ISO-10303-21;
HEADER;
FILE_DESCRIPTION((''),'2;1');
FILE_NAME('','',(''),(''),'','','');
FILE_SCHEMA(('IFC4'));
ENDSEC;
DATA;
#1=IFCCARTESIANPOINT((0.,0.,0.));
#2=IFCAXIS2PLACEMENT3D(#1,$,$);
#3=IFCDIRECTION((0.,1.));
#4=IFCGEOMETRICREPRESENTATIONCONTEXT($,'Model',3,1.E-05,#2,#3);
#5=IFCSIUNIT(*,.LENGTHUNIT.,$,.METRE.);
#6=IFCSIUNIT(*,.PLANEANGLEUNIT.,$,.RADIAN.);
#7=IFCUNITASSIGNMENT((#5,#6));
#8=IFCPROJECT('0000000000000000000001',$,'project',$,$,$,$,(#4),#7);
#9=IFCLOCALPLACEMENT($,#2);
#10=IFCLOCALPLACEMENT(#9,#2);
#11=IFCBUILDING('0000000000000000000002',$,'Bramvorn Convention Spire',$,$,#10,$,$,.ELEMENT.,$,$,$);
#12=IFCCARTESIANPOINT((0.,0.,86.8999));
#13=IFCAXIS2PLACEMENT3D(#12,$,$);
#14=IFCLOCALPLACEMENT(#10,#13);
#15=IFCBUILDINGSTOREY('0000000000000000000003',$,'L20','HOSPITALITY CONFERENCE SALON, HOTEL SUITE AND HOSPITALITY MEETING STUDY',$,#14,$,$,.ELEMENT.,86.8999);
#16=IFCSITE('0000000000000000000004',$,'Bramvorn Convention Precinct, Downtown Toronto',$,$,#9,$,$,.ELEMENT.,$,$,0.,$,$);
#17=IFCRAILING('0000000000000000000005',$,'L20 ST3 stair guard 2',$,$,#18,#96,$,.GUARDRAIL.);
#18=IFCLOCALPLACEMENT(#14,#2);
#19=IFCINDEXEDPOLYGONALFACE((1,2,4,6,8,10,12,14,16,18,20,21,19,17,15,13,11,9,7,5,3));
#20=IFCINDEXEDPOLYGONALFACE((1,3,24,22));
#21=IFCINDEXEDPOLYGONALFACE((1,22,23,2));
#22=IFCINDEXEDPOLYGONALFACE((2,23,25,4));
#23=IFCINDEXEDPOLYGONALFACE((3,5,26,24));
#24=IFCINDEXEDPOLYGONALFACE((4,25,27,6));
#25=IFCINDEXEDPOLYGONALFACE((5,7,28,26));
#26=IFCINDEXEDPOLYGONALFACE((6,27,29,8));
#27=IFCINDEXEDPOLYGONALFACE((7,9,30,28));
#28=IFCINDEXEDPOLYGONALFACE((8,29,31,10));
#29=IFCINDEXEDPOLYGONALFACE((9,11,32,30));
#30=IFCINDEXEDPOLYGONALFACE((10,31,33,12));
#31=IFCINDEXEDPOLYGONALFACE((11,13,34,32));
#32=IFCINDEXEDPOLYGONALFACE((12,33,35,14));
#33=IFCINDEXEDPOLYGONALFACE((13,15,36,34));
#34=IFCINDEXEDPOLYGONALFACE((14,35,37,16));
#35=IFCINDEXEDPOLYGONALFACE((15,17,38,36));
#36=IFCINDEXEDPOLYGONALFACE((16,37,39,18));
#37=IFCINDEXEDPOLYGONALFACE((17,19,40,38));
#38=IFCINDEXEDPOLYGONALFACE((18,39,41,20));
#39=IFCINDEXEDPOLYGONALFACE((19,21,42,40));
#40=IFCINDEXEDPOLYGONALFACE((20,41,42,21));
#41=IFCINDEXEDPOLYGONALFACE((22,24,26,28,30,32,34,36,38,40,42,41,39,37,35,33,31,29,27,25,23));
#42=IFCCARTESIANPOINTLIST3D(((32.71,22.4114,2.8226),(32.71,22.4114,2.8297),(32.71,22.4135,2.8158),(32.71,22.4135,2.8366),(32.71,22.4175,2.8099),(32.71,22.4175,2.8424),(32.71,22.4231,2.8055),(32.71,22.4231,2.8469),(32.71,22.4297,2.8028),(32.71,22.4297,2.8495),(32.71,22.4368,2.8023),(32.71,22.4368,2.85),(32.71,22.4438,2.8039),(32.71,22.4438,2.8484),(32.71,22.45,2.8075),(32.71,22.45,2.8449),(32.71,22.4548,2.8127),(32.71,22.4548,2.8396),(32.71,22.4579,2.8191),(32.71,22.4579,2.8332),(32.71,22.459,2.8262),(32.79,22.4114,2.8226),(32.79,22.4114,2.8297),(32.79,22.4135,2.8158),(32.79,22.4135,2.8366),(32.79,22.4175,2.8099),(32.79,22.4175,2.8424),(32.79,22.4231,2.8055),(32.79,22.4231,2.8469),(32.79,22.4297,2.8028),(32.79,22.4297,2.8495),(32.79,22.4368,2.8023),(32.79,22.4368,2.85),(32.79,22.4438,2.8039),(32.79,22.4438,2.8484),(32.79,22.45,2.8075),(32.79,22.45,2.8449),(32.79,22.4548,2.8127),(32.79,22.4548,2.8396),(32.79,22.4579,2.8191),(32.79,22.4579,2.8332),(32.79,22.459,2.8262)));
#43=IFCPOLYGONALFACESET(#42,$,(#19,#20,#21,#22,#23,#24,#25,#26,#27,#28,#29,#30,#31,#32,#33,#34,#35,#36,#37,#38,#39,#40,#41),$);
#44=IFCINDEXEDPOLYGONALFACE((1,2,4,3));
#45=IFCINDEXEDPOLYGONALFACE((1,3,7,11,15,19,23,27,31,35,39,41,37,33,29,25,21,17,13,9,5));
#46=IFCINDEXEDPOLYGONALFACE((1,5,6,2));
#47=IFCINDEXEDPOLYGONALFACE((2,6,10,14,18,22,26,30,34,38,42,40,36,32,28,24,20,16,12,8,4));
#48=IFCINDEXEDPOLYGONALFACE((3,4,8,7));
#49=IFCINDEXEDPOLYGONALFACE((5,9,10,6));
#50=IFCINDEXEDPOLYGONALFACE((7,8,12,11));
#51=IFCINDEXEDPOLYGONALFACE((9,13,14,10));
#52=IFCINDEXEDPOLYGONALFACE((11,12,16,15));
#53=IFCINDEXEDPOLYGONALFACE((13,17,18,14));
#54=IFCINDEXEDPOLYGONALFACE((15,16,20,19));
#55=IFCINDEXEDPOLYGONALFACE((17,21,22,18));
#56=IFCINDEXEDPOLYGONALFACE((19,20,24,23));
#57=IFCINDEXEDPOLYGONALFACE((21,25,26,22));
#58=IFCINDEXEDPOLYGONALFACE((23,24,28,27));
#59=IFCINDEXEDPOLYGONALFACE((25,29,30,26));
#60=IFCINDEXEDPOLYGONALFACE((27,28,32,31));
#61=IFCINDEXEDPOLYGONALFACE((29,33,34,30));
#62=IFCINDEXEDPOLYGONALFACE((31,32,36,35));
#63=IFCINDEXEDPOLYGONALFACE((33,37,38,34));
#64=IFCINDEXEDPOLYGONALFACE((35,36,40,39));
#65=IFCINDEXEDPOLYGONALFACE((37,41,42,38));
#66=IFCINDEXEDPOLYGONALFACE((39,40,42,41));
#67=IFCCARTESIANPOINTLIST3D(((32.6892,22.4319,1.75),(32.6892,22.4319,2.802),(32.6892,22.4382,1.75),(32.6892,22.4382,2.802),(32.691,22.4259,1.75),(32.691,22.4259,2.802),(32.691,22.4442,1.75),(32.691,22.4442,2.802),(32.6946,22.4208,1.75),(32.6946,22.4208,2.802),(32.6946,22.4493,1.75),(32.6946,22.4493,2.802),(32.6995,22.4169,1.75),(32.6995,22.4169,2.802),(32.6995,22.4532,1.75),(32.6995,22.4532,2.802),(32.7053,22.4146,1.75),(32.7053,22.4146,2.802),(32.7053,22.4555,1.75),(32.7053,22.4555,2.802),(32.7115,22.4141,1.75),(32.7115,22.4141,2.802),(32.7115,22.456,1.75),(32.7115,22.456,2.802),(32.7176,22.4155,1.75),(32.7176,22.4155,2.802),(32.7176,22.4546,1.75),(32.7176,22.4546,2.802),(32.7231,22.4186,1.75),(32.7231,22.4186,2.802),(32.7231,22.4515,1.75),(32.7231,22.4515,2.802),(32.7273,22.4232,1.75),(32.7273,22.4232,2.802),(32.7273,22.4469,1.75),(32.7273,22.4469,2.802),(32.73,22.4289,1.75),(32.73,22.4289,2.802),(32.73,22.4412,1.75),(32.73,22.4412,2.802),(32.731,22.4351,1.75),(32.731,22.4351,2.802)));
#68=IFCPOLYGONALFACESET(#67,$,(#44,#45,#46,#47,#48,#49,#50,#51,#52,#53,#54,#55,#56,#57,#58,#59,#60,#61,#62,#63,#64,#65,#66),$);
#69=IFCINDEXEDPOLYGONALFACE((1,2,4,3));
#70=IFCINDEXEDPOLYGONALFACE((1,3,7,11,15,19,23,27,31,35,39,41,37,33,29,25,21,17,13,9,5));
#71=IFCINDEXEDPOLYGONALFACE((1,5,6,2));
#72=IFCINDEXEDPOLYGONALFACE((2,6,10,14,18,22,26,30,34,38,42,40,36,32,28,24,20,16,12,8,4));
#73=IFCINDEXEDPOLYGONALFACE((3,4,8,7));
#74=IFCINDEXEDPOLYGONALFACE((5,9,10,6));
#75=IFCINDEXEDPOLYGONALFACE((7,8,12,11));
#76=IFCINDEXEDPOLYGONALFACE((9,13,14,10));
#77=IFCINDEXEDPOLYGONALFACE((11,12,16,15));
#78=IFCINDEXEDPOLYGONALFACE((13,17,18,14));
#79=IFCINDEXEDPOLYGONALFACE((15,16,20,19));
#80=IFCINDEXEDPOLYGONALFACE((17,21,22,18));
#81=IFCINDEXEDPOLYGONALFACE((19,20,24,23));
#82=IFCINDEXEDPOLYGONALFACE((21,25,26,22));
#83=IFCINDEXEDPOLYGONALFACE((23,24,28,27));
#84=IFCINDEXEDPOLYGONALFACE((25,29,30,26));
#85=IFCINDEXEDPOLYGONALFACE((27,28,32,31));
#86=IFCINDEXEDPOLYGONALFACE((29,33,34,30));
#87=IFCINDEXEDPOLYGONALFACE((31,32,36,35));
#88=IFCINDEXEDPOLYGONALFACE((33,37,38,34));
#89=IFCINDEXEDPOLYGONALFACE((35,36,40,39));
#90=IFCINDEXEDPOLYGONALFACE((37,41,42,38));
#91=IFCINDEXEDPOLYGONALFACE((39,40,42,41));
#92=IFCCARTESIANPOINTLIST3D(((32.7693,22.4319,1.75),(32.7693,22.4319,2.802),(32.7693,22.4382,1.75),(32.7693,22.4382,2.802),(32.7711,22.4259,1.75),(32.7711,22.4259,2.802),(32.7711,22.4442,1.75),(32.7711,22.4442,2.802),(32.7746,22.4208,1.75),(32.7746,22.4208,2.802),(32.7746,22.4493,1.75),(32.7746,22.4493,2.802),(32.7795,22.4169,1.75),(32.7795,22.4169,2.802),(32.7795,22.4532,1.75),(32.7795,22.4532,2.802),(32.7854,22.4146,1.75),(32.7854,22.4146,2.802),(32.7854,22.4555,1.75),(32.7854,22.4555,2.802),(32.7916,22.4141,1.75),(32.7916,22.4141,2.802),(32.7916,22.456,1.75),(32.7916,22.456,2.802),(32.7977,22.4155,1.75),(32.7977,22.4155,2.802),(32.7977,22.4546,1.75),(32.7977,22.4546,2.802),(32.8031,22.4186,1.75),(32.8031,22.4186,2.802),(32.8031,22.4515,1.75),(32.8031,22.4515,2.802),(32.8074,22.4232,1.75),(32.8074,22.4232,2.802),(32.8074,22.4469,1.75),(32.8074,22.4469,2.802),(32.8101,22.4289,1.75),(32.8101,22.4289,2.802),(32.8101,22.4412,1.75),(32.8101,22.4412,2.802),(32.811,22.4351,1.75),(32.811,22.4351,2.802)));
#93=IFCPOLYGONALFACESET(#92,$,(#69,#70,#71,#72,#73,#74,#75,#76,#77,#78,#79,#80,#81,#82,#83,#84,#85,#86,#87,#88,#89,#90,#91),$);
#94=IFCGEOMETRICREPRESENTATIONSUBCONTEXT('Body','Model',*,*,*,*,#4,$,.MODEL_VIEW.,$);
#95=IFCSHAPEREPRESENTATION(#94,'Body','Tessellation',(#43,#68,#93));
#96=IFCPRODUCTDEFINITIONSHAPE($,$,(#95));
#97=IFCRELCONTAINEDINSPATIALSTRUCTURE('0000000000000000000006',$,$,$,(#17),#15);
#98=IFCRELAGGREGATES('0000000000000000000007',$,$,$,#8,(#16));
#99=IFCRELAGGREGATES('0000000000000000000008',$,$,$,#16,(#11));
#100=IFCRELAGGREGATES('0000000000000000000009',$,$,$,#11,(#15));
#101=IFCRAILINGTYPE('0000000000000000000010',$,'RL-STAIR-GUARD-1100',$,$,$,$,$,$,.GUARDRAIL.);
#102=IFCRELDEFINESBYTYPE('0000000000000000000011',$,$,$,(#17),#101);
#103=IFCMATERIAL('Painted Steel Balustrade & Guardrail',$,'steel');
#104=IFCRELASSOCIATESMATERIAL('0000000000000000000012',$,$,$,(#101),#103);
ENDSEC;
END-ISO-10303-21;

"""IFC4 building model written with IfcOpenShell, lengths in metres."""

from ifc_helpers import new_model, si_unit, direction, frame, origin, origin_2d, place, context, subcontext, project, spatial, circle, extrude, material, type_object, element, save


model = new_model("IFC4")

# Units and contexts
model_context = context("Model", 3, precision=1e-05, world=origin(), true_north=direction((0.0, 1.0)))
body_context = subcontext(model_context, "Body", "Model", "MODEL_VIEW")
ifc_project = project(units=[si_unit("LENGTHUNIT", "METRE"), si_unit("PLANEANGLEUNIT", "RADIAN")], contexts=[model_context])

# Site, building, storey
site_placement = place(None, origin())
site = spatial("IfcSite", under=ifc_project, at=site_placement, Name="Bramvorn Convention Precinct, Downtown Toronto", CompositionType="ELEMENT", RefElevation=0.0)
building_placement = place(site_placement, origin())
building = spatial("IfcBuilding", under=site, at=building_placement, Name="Bramvorn Convention Spire", CompositionType="ELEMENT")
storey_placement = place(building_placement, frame((0.0, 0.0, 86.8999)))
storey = spatial("IfcBuildingStorey", under=building, at=storey_placement, Name="L20", Description="HOSPITALITY CONFERENCE SALON, HOTEL SUITE AND HOSPITALITY MEETING STUDY", CompositionType="ELEMENT", Elevation=86.8999)

# Railing
ifc_material_1 = material(Name="Painted Steel Balustrade & Guardrail", Category="steel")
railing_type_1 = type_object("IfcRailingType", Name="RL-STAIR-GUARD-1100", PredefinedType="GUARDRAIL", material=ifc_material_1)
railing_1_placement = place(storey_placement, frame((32.71, 22.4351, 1.75)))
element("IfcRailing", 1, at=railing_1_placement, inside=storey, type_object=railing_type_1, Name="L20 ST3 stair guard 2", PredefinedType="GUARDRAIL", context=body_context, shape_type="SweptSolid", body=[
    extrude(circle(Radius=0.0239, at=origin_2d()), frame((0.0, 0.0, 1.0762), z_axis=(1.0, 0.0, 0.0), x_axis=(0.0, 1.0, 0.0)), (0.0, 0.0, 1.0), 0.0801),
    extrude(circle(Radius=0.021, at=origin_2d()), origin(), (0.0, 0.0, 1.0), 1.052),
    extrude(circle(Radius=0.021, at=origin_2d()), frame((0.0801, 0.0, 0.0)), (0.0, 0.0, 1.0), 1.052),
])

save(model, "model.ifc")
